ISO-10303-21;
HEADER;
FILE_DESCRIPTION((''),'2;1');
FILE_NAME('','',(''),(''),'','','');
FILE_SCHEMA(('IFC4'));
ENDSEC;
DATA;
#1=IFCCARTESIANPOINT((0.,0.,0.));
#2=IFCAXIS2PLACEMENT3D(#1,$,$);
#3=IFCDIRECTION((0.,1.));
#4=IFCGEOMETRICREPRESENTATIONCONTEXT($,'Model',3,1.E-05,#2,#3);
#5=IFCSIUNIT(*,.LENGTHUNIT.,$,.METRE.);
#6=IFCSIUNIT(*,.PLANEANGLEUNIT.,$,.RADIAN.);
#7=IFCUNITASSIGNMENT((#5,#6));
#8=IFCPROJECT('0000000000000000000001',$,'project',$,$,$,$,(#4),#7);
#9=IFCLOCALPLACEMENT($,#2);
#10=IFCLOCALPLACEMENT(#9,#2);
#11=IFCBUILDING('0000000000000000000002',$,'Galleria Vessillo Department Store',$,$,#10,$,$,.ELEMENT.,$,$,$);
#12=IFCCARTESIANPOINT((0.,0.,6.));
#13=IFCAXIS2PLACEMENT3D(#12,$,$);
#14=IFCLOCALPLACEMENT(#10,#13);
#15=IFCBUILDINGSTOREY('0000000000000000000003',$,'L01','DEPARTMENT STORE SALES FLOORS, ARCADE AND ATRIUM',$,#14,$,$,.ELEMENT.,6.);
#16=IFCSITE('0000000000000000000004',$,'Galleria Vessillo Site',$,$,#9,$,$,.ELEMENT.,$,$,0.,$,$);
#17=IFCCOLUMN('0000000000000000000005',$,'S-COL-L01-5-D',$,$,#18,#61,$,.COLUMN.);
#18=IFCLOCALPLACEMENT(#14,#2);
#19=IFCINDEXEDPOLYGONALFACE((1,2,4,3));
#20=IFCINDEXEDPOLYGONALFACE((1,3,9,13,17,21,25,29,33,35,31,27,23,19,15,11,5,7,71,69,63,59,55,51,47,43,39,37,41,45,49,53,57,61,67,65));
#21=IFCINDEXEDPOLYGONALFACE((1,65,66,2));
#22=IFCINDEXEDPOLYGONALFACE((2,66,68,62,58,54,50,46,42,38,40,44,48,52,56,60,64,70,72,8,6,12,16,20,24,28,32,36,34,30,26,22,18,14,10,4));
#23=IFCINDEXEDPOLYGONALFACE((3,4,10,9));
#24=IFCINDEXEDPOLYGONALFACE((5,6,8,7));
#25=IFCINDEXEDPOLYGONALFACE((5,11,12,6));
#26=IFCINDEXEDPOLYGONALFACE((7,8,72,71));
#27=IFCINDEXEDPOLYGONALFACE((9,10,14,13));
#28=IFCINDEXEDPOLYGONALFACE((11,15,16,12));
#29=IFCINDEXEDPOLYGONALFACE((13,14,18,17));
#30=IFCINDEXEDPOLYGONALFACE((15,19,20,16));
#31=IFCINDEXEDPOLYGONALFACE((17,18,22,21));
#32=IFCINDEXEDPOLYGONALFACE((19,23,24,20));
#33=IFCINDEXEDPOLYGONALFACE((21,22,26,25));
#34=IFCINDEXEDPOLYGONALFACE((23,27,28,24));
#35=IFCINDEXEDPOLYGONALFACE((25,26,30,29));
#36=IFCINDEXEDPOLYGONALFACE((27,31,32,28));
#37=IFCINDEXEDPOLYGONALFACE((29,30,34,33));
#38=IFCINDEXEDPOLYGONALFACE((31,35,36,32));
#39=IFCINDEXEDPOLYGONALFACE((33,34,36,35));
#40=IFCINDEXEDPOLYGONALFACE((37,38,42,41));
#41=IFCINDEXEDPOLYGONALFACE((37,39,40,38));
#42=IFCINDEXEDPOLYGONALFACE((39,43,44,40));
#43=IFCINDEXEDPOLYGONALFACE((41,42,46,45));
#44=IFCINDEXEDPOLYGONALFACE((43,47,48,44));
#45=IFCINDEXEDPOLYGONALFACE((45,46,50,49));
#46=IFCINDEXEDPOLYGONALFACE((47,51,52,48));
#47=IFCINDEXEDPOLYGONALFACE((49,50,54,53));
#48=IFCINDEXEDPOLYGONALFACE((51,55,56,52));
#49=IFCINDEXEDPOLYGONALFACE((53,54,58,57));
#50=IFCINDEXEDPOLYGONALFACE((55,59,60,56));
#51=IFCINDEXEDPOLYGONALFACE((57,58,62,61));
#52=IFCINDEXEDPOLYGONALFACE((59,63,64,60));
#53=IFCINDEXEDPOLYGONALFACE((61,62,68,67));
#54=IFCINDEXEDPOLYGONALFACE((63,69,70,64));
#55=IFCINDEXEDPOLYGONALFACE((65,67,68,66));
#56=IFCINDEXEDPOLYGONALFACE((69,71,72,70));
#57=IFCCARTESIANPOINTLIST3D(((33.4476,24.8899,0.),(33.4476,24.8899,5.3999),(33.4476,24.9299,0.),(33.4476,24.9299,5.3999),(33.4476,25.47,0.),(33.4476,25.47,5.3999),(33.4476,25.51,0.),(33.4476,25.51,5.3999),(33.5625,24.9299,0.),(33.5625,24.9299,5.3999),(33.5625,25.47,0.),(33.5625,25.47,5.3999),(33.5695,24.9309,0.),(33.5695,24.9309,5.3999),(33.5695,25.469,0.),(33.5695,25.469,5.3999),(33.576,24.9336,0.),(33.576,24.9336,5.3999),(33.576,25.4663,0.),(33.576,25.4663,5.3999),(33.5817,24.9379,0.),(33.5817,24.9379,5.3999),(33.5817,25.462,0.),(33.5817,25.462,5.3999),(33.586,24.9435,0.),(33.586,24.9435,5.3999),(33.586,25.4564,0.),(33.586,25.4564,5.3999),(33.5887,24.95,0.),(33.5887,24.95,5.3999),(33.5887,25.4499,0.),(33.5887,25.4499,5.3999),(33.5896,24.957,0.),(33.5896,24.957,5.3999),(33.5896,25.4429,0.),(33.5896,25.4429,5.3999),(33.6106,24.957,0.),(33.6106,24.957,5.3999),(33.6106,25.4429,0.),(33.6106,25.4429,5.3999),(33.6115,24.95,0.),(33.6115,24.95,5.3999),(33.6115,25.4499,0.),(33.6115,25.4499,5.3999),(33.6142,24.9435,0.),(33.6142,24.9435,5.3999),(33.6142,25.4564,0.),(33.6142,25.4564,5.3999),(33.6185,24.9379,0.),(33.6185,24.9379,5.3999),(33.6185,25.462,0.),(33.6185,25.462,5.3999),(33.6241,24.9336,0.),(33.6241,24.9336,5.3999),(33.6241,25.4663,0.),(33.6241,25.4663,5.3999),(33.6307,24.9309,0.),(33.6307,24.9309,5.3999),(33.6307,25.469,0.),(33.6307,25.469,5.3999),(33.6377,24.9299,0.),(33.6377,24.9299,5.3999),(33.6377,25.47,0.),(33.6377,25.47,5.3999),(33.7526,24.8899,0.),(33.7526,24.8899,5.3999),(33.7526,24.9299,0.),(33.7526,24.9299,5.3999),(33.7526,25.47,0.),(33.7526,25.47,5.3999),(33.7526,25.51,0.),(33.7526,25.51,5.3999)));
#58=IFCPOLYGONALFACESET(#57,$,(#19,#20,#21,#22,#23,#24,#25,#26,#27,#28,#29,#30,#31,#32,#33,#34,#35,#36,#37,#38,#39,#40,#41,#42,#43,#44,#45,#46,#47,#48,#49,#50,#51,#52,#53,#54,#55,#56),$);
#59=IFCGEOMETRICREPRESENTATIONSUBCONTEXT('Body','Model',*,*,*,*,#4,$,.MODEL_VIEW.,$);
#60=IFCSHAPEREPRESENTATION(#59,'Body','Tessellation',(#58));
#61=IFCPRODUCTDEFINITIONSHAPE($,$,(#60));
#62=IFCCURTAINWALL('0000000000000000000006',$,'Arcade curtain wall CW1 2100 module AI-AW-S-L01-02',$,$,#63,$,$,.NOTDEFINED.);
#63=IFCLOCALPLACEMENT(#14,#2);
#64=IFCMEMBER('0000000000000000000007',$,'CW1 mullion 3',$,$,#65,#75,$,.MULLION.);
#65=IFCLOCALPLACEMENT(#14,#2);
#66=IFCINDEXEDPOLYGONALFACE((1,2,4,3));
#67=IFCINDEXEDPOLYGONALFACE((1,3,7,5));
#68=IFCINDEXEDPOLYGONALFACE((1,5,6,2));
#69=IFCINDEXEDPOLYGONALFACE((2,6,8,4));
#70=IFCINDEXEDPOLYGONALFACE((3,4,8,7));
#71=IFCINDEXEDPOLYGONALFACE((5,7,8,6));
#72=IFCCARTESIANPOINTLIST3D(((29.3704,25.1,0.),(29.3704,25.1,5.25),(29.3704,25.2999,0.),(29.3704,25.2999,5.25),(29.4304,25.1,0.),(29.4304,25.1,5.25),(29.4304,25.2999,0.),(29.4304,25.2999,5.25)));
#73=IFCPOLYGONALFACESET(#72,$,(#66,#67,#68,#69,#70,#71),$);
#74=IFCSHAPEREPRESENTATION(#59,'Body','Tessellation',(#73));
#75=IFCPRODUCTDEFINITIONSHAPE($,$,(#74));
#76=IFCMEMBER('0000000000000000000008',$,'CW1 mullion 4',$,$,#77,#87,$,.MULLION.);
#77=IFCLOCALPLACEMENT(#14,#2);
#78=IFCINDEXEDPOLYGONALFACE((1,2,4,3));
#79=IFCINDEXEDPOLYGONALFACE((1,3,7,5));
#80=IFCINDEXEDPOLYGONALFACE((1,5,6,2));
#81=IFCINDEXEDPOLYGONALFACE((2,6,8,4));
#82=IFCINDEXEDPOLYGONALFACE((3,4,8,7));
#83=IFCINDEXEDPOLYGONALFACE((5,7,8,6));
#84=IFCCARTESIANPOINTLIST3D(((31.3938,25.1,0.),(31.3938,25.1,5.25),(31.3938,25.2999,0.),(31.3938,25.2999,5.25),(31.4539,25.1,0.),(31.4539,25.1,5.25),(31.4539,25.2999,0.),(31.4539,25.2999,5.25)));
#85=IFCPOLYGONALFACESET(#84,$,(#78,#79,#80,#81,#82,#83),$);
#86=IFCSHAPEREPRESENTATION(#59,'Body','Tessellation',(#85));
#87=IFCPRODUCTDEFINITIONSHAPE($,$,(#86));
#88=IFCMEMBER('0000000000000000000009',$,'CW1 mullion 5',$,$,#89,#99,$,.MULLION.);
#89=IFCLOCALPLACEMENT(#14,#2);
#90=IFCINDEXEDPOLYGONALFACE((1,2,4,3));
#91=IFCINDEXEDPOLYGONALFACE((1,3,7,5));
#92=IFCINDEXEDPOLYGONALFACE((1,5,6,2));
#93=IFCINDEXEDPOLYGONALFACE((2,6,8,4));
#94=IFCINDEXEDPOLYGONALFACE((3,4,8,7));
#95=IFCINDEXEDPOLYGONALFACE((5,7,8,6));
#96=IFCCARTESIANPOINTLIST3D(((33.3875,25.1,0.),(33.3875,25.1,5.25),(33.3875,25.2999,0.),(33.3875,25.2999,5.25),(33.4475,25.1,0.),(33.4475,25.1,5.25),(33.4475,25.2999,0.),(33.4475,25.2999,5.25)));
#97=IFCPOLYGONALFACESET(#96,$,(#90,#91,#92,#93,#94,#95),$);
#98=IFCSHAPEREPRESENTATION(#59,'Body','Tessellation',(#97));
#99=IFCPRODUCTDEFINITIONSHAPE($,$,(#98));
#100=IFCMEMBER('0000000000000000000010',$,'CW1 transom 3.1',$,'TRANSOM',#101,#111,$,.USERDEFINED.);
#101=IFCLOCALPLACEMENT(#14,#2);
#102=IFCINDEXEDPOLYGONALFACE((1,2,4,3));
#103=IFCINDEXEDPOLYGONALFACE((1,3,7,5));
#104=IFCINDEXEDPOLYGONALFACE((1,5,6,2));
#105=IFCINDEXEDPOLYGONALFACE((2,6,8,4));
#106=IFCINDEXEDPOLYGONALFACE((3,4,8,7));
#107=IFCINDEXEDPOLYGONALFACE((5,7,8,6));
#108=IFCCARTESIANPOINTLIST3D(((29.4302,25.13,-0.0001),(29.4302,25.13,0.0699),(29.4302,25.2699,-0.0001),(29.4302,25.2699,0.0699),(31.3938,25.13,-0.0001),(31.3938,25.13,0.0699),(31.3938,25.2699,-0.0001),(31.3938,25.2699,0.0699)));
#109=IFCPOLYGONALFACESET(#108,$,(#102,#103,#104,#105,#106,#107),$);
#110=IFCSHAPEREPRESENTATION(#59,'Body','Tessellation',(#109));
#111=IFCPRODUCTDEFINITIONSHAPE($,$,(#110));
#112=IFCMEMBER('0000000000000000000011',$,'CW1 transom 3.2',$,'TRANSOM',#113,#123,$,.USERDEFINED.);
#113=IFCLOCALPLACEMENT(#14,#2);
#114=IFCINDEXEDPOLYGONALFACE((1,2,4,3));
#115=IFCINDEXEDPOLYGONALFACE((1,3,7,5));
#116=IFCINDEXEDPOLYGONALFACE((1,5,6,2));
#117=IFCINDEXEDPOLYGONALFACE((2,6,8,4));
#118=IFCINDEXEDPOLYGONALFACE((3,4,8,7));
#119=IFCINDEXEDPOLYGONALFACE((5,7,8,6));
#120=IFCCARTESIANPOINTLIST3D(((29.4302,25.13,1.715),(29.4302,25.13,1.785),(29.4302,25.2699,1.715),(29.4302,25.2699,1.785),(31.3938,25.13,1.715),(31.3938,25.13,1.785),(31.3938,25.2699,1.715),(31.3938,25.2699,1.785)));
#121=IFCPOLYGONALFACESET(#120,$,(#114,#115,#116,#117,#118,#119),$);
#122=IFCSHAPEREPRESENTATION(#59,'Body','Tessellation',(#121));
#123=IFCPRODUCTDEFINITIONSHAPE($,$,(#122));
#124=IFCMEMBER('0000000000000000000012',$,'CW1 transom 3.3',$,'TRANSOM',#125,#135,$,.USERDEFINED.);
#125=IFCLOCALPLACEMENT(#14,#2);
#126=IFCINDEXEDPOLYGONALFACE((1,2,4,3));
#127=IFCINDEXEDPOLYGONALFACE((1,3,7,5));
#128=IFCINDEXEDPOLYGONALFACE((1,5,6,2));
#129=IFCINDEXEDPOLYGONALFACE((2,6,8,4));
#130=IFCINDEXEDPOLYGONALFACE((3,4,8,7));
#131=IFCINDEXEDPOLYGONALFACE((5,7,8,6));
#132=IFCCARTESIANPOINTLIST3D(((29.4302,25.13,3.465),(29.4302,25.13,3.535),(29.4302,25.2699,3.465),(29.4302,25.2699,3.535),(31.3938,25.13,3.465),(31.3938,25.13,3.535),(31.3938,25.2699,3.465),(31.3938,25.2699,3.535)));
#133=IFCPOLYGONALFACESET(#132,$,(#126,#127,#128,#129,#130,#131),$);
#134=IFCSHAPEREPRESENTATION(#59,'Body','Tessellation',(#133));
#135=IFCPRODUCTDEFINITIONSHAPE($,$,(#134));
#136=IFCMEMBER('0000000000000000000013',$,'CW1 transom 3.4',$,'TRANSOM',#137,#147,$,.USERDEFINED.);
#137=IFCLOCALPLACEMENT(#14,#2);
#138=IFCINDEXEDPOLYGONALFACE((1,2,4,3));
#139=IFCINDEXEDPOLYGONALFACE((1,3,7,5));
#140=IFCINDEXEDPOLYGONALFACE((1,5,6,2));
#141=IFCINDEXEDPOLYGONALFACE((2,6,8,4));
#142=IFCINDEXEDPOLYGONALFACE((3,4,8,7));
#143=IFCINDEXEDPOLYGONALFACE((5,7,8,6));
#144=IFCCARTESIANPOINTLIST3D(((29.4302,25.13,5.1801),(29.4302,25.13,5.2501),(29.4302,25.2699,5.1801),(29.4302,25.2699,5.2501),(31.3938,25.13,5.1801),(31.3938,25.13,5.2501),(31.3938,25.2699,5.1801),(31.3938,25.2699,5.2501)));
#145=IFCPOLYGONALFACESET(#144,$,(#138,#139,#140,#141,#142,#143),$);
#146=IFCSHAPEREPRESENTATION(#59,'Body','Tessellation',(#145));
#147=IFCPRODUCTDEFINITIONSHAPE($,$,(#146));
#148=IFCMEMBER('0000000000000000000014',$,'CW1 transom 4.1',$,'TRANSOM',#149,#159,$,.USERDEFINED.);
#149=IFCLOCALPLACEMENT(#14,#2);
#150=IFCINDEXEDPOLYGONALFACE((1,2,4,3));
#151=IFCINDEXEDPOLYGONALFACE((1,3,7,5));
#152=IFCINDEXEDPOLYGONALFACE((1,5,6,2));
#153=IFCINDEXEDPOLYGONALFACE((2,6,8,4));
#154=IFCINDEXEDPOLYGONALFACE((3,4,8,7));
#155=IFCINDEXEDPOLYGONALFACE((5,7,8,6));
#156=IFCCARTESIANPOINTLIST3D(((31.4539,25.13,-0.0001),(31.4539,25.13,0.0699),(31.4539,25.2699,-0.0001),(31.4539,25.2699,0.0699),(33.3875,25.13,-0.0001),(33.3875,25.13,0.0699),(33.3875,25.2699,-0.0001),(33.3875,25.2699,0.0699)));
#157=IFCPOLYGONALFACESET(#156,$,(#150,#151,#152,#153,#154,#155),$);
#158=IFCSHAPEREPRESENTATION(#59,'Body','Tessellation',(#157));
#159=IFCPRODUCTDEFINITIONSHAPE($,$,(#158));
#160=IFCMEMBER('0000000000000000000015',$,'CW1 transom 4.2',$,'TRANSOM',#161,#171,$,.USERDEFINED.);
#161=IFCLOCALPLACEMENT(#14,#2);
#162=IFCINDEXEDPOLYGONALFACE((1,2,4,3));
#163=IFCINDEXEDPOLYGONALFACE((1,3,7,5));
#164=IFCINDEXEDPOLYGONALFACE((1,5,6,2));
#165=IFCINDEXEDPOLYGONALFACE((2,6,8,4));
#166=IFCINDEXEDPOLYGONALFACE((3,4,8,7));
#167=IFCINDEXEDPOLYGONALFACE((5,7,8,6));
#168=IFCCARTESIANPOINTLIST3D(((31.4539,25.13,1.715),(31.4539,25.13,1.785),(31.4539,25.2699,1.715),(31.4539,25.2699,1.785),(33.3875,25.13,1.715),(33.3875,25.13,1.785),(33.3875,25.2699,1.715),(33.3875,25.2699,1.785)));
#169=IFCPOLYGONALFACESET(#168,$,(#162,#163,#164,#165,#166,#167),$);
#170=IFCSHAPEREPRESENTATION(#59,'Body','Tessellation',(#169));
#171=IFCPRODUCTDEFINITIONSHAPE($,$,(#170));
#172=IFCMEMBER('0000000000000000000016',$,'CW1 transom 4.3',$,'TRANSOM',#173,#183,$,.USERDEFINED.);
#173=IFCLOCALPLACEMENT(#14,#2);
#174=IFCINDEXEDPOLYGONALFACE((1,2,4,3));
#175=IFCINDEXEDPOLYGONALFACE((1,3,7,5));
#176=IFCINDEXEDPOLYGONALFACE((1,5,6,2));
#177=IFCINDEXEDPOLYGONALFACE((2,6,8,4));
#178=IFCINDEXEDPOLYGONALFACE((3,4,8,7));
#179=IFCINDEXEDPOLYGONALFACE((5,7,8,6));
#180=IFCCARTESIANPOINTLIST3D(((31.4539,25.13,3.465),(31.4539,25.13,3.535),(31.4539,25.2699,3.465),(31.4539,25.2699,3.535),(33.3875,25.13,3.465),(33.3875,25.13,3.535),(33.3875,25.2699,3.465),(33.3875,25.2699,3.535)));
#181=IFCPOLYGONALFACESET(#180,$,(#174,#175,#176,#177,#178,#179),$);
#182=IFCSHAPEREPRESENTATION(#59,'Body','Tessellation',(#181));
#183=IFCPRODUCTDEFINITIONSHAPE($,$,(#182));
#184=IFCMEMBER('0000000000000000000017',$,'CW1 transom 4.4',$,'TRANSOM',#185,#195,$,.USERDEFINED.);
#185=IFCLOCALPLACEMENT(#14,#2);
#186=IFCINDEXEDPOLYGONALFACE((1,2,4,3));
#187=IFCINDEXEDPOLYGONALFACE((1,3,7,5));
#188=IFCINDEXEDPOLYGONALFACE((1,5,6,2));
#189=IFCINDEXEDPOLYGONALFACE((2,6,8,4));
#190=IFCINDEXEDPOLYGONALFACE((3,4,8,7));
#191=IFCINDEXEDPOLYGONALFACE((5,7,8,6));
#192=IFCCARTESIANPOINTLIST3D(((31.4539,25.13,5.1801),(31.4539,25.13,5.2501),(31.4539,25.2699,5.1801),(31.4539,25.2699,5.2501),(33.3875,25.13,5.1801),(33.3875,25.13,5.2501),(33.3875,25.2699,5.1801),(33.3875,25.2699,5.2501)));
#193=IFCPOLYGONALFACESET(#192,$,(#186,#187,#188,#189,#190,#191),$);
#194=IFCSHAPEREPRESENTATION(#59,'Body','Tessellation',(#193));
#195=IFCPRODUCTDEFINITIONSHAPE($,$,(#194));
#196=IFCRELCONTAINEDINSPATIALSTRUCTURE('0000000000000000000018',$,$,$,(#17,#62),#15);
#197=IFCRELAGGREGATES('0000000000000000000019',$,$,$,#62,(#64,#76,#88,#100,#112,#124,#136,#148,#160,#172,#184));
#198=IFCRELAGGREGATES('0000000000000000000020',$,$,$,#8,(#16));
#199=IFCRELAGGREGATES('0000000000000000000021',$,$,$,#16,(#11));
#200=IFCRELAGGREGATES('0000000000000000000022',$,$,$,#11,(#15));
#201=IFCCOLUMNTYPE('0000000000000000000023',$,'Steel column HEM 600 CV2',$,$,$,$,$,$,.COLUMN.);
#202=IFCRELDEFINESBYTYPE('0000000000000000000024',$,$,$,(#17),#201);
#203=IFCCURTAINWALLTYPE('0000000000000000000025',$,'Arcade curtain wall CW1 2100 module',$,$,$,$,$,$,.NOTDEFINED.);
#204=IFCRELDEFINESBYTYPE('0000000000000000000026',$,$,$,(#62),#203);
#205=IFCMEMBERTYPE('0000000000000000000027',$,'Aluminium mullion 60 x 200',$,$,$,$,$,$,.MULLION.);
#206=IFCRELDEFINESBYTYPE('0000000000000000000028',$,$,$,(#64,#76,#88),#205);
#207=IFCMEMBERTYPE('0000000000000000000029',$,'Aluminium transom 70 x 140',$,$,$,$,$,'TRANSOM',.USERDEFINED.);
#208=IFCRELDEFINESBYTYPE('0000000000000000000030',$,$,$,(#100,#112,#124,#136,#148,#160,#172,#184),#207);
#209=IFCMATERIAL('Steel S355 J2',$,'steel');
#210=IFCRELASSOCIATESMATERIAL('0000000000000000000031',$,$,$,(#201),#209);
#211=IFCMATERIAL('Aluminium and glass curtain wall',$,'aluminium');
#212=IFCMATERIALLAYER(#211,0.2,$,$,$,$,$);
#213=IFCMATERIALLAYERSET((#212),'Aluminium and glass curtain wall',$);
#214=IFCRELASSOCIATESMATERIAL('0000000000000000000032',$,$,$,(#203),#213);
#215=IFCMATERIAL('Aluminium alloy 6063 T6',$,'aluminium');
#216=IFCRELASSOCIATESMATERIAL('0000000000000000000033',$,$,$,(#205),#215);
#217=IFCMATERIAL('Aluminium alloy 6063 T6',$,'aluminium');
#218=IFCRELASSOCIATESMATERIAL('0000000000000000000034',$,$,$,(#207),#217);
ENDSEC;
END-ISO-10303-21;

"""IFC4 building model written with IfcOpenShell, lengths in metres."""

from ifc_helpers import new_model, si_unit, direction, frame, origin, origin_2d, place, context, subcontext, project, spatial, rectangle, i_section, extrude, material, layer, layer_set, material_profile, profile_set, type_object, element, aggregate, save


model = new_model("IFC4")

# Units and contexts
model_context = context("Model", 3, precision=1e-05, world=origin(), true_north=direction((0.0, 1.0)))
body_context = subcontext(model_context, "Body", "Model", "MODEL_VIEW")
ifc_project = project(units=[si_unit("LENGTHUNIT", "METRE"), si_unit("PLANEANGLEUNIT", "RADIAN")], contexts=[model_context])

# Site, building, storey
site_placement = place(None, origin())
site = spatial("IfcSite", under=ifc_project, at=site_placement, Name="Galleria Vessillo Site", CompositionType="ELEMENT", RefElevation=0.0)
building_placement = place(site_placement, origin())
building = spatial("IfcBuilding", under=site, at=building_placement, Name="Galleria Vessillo Department Store", CompositionType="ELEMENT")
storey_placement = place(building_placement, frame((0.0, 0.0, 6.0)))
storey = spatial("IfcBuildingStorey", under=building, at=storey_placement, Name="L01", Description="DEPARTMENT STORE SALES FLOORS, ARCADE AND ATRIUM", CompositionType="ELEMENT", Elevation=6.0)

# Column
ifc_material_1 = material(Name="Steel S355 J2", Category="steel")
ifc_material_profile_1 = material_profile(ifc_material_1, i_section(OverallWidth=0.3049, OverallDepth=0.6201, WebThickness=0.021, FlangeThickness=0.04, FilletRadius=0.0271, at=origin_2d()), Name="HEM 600")
ifc_profile_set_1 = profile_set([ifc_material_profile_1], Name="Steel S355 J2")
column_type = type_object("IfcColumnType", Name="Steel column HEM 600 CV2", PredefinedType="COLUMN", material=ifc_profile_set_1)
column_placement = place(storey_placement, frame((33.6001, 25.2, 0.0), z_axis=(0.0, 0.0, 1.0), x_axis=(1.0, 0.0, 0.0)))
element("IfcColumn", 1, at=column_placement, inside=storey, type_object=column_type, Name="S-COL-L01-5-D", PredefinedType="COLUMN", context=body_context, shape_type="SweptSolid", body=[
    extrude(i_section(OverallWidth=0.3049, OverallDepth=0.6201, WebThickness=0.021, FlangeThickness=0.04, FilletRadius=0.0271, at=origin_2d()), origin(), (0.0, 0.0, 1.0), 5.3999),
])

# Curtain wall, members
ifc_material_2 = material(Name="Aluminium and glass curtain wall", Category="aluminium")
ifc_layer_1 = layer(ifc_material_2, 0.2)
ifc_layer_set_1 = layer_set([ifc_layer_1], Name="Aluminium and glass curtain wall")
curtain_wall_type = type_object("IfcCurtainWallType", Name="Arcade curtain wall CW1 2100 module", PredefinedType="NOTDEFINED", material=ifc_layer_set_1)
curtain_wall_placement = place(storey_placement, origin())
curtain_wall = element("IfcCurtainWall", 2, at=curtain_wall_placement, inside=storey, type_object=curtain_wall_type, Name="Arcade curtain wall CW1 2100 module AI-AW-S-L01-02", PredefinedType="NOTDEFINED")
ifc_material_3 = material(Name="Aluminium alloy 6063 T6", Category="aluminium")
ifc_material_profile_2 = material_profile(ifc_material_3, rectangle(XDim=0.2, YDim=0.0601, at=origin_2d()), Name="AL 60x200")
ifc_profile_set_2 = profile_set([ifc_material_profile_2], Name="Aluminium alloy 6063 T6")
member_type_1 = type_object("IfcMemberType", Name="Aluminium mullion 60 x 200", PredefinedType="MULLION", material=ifc_profile_set_2)
member_1_placement = place(storey_placement, frame((29.4004, 25.2, 0.0), z_axis=(0.0, 0.0, 1.0), x_axis=(0.0, 1.0, 0.0)))
member_1 = element("IfcMember", 3, at=member_1_placement, type_object=member_type_1, Name="CW1 mullion 3", PredefinedType="MULLION", context=body_context, shape_type="SweptSolid", body=[
    extrude(rectangle(XDim=0.2, YDim=0.0601, at=origin_2d()), origin(), (0.0, 0.0, 1.0), 5.25),
])
member_2_placement = place(storey_placement, frame((31.4238, 25.2, 0.0), z_axis=(0.0, 0.0, 1.0), x_axis=(0.0, 1.0, 0.0)))
member_2 = element("IfcMember", 4, at=member_2_placement, type_object=member_type_1, Name="CW1 mullion 4", PredefinedType="MULLION", context=body_context, shape_type="SweptSolid", body=[
    extrude(rectangle(XDim=0.2, YDim=0.0601, at=origin_2d()), origin(), (0.0, 0.0, 1.0), 5.25),
])
member_3_placement = place(storey_placement, frame((33.4175, 25.2, 0.0), z_axis=(0.0, 0.0, 1.0), x_axis=(0.0, 1.0, 0.0)))
member_3 = element("IfcMember", 5, at=member_3_placement, type_object=member_type_1, Name="CW1 mullion 5", PredefinedType="MULLION", context=body_context, shape_type="SweptSolid", body=[
    extrude(rectangle(XDim=0.2, YDim=0.0601, at=origin_2d()), origin(), (0.0, 0.0, 1.0), 5.25),
])
ifc_material_4 = material(Name="Aluminium alloy 6063 T6", Category="aluminium")
ifc_material_profile_3 = material_profile(ifc_material_4, rectangle(XDim=0.1399, YDim=0.0701, at=origin_2d()), Name="AL 70x140")
ifc_profile_set_3 = profile_set([ifc_material_profile_3], Name="Aluminium alloy 6063 T6")
member_type_2 = type_object("IfcMemberType", Name="Aluminium transom 70 x 140", ElementType="TRANSOM", PredefinedType="USERDEFINED", material=ifc_profile_set_3)
member_4_placement = place(storey_placement, frame((29.4302, 25.2, 0.0349), z_axis=(1.0, 0.0, 0.0), x_axis=(0.0, 1.0, 0.0)))
member_4 = element("IfcMember", 6, at=member_4_placement, type_object=member_type_2, Name="CW1 transom 3.1", ObjectType="TRANSOM", PredefinedType="USERDEFINED", context=body_context, shape_type="SweptSolid", body=[
    extrude(rectangle(XDim=0.1399, YDim=0.0701, at=origin_2d()), origin(), (0.0, 0.0, 1.0), 1.9636),
])
member_5_placement = place(storey_placement, frame((29.4302, 25.2, 1.75), z_axis=(1.0, 0.0, 0.0), x_axis=(0.0, 1.0, 0.0)))
member_5 = element("IfcMember", 7, at=member_5_placement, type_object=member_type_2, Name="CW1 transom 3.2", ObjectType="TRANSOM", PredefinedType="USERDEFINED", context=body_context, shape_type="SweptSolid", body=[
    extrude(rectangle(XDim=0.1399, YDim=0.0701, at=origin_2d()), origin(), (0.0, 0.0, 1.0), 1.9636),
])
member_6_placement = place(storey_placement, frame((29.4302, 25.2, 3.5), z_axis=(1.0, 0.0, 0.0), x_axis=(0.0, 1.0, 0.0)))
member_6 = element("IfcMember", 8, at=member_6_placement, type_object=member_type_2, Name="CW1 transom 3.3", ObjectType="TRANSOM", PredefinedType="USERDEFINED", context=body_context, shape_type="SweptSolid", body=[
    extrude(rectangle(XDim=0.1399, YDim=0.0701, at=origin_2d()), origin(), (0.0, 0.0, 1.0), 1.9636),
])
member_7_placement = place(storey_placement, frame((29.4302, 25.2, 5.2151), z_axis=(1.0, 0.0, 0.0), x_axis=(0.0, 1.0, 0.0)))
member_7 = element("IfcMember", 9, at=member_7_placement, type_object=member_type_2, Name="CW1 transom 3.4", ObjectType="TRANSOM", PredefinedType="USERDEFINED", context=body_context, shape_type="SweptSolid", body=[
    extrude(rectangle(XDim=0.1399, YDim=0.0701, at=origin_2d()), origin(), (0.0, 0.0, 1.0), 1.9636),
])
member_8_placement = place(storey_placement, frame((31.4539, 25.2, 0.0349), z_axis=(1.0, 0.0, 0.0), x_axis=(0.0, 1.0, 0.0)))
member_8 = element("IfcMember", 10, at=member_8_placement, type_object=member_type_2, Name="CW1 transom 4.1", ObjectType="TRANSOM", PredefinedType="USERDEFINED", context=body_context, shape_type="SweptSolid", body=[
    extrude(rectangle(XDim=0.1399, YDim=0.0701, at=origin_2d()), origin(), (0.0, 0.0, 1.0), 1.9336),
])
member_9_placement = place(storey_placement, frame((31.4539, 25.2, 1.75), z_axis=(1.0, 0.0, 0.0), x_axis=(0.0, 1.0, 0.0)))
member_9 = element("IfcMember", 11, at=member_9_placement, type_object=member_type_2, Name="CW1 transom 4.2", ObjectType="TRANSOM", PredefinedType="USERDEFINED", context=body_context, shape_type="SweptSolid", body=[
    extrude(rectangle(XDim=0.1399, YDim=0.0701, at=origin_2d()), origin(), (0.0, 0.0, 1.0), 1.9336),
])
member_10_placement = place(storey_placement, frame((31.4539, 25.2, 3.5), z_axis=(1.0, 0.0, 0.0), x_axis=(0.0, 1.0, 0.0)))
member_10 = element("IfcMember", 12, at=member_10_placement, type_object=member_type_2, Name="CW1 transom 4.3", ObjectType="TRANSOM", PredefinedType="USERDEFINED", context=body_context, shape_type="SweptSolid", body=[
    extrude(rectangle(XDim=0.1399, YDim=0.0701, at=origin_2d()), origin(), (0.0, 0.0, 1.0), 1.9336),
])
member_11_placement = place(storey_placement, frame((31.4539, 25.2, 5.2151), z_axis=(1.0, 0.0, 0.0), x_axis=(0.0, 1.0, 0.0)))
member_11 = element("IfcMember", 13, at=member_11_placement, type_object=member_type_2, Name="CW1 transom 4.4", ObjectType="TRANSOM", PredefinedType="USERDEFINED", context=body_context, shape_type="SweptSolid", body=[
    extrude(rectangle(XDim=0.1399, YDim=0.0701, at=origin_2d()), origin(), (0.0, 0.0, 1.0), 1.9336),
])

aggregate(curtain_wall, [member_1, member_2, member_3, member_4, member_5, member_6, member_7, member_8, member_9, member_10, member_11])

save(model, "model.ifc")
